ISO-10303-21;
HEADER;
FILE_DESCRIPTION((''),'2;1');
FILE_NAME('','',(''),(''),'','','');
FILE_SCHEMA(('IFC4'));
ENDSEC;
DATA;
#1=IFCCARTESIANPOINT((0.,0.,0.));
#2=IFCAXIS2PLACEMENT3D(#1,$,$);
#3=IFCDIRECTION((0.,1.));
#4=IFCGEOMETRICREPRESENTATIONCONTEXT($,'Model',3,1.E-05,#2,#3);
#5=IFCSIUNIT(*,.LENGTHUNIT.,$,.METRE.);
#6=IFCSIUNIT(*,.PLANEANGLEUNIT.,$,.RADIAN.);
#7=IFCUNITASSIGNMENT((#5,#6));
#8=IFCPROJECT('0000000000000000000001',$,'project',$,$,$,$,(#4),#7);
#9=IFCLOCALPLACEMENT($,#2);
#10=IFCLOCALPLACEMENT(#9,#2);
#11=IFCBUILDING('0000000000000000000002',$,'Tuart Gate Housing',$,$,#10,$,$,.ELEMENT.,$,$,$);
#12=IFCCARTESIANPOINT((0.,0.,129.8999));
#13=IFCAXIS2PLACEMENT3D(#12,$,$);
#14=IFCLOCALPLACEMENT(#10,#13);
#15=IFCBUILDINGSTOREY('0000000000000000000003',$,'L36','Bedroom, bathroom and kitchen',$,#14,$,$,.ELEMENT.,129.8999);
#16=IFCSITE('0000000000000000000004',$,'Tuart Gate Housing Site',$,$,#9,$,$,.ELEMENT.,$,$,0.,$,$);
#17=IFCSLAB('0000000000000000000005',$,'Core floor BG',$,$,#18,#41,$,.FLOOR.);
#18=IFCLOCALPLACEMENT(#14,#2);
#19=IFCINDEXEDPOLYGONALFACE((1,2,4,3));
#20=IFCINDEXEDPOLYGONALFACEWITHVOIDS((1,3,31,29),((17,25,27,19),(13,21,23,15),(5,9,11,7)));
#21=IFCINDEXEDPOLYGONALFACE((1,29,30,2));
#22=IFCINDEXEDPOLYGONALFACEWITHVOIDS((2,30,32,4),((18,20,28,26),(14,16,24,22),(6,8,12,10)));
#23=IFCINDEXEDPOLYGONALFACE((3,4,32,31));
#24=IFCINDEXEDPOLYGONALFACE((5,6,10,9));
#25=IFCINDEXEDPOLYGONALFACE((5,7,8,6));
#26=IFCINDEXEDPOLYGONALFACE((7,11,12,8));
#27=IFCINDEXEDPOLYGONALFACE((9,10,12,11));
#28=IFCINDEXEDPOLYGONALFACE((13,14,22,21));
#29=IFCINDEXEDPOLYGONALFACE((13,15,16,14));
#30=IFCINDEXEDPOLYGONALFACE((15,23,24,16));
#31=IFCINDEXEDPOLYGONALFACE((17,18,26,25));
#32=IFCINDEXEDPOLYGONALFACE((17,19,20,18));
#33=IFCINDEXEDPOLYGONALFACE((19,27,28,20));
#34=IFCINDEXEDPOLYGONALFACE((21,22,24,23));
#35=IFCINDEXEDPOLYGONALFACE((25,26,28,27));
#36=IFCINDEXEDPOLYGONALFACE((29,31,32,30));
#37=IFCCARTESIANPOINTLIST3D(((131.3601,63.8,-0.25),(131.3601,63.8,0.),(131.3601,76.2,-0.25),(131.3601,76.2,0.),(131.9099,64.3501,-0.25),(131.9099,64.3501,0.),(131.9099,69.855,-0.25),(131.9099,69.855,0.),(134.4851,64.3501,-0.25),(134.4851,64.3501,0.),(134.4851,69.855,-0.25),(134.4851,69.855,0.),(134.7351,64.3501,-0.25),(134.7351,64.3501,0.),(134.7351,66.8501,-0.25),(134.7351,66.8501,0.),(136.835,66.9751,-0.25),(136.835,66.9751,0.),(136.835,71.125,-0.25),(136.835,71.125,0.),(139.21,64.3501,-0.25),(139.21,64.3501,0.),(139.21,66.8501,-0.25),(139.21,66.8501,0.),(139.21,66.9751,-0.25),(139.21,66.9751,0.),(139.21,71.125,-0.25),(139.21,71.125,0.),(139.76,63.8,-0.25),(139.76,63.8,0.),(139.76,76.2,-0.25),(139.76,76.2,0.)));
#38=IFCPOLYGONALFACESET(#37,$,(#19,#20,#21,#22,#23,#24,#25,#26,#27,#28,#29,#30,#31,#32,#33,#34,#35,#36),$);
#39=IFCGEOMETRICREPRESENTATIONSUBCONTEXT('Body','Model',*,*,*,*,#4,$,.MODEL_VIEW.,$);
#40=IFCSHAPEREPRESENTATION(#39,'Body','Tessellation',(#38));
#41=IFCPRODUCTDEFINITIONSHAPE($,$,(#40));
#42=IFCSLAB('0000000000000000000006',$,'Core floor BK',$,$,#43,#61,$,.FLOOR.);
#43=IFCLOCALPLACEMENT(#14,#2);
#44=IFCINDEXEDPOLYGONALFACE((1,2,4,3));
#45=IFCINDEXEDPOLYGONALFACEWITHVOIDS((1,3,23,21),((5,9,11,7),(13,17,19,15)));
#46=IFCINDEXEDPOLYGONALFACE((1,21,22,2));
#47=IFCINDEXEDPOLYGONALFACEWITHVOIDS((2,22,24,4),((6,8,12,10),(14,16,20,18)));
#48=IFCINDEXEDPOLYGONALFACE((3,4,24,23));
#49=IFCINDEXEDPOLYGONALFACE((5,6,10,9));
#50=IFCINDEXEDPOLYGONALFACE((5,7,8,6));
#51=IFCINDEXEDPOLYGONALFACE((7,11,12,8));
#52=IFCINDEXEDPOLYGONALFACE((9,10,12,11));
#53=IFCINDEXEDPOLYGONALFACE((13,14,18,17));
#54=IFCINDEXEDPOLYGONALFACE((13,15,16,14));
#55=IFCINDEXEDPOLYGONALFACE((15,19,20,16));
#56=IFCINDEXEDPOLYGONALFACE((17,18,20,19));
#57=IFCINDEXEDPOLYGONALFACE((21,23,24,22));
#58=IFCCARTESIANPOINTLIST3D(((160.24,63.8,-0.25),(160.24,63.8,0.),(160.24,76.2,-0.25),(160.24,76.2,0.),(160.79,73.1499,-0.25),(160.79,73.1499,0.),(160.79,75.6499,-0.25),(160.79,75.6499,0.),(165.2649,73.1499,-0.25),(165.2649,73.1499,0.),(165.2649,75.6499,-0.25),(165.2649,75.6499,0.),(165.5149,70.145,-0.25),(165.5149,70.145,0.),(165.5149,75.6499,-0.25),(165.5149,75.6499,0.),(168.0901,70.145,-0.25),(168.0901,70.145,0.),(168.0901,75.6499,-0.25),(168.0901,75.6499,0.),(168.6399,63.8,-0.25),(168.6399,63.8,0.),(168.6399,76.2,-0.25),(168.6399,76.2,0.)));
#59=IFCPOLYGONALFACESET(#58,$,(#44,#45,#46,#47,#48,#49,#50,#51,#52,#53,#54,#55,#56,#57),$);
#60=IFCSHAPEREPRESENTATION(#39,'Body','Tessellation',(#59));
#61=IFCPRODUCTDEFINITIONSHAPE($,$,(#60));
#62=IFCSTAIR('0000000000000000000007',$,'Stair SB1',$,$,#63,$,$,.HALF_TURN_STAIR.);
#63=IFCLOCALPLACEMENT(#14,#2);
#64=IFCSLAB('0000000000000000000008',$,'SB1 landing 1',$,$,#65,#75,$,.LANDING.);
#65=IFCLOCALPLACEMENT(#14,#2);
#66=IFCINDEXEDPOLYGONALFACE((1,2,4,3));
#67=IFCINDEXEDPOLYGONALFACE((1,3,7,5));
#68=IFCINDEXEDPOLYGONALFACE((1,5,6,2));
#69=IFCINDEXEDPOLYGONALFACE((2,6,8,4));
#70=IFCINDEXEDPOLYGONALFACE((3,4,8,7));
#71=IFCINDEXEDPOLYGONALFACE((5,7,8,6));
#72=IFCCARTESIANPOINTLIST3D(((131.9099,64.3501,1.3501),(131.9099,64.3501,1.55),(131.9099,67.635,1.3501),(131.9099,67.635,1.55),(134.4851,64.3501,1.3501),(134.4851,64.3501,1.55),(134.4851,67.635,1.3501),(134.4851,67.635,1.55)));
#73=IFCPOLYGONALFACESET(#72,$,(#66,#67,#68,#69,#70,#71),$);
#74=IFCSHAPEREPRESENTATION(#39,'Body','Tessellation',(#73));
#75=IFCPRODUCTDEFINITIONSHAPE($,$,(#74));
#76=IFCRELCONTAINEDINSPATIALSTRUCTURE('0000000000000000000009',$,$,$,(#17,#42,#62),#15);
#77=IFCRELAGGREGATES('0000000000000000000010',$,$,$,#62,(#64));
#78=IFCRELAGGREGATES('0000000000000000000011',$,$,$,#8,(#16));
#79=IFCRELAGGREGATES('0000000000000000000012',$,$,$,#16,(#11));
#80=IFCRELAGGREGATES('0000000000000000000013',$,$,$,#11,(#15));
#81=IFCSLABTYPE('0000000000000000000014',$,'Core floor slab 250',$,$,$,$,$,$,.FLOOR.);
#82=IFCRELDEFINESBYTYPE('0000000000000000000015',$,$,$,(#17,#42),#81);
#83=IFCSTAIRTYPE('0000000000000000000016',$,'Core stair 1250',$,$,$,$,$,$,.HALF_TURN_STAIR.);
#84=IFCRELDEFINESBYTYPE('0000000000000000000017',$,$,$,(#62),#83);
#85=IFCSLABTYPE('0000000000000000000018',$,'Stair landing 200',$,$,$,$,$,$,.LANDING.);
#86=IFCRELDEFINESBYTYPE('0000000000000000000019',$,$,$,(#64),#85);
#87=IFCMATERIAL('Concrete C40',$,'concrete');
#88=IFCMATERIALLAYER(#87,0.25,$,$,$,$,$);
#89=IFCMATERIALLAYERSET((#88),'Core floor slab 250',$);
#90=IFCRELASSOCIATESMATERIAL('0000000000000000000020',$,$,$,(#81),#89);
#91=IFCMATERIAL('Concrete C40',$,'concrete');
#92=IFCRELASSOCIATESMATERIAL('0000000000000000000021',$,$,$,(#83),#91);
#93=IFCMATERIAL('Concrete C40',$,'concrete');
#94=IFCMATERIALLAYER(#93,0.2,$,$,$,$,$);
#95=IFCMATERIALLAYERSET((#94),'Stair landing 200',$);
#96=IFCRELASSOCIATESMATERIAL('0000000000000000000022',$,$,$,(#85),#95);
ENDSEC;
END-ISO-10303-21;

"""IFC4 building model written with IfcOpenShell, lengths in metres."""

from ifc_helpers import new_model, si_unit, direction, frame, origin, place, context, subcontext, project, spatial, polyline, outline, extrude, material, layer, layer_set, type_object, element, aggregate, save


model = new_model("IFC4")

# Units and contexts
model_context = context("Model", 3, precision=1e-05, world=origin(), true_north=direction((0.0, 1.0)))
body_context = subcontext(model_context, "Body", "Model", "MODEL_VIEW")
ifc_project = project(units=[si_unit("LENGTHUNIT", "METRE"), si_unit("PLANEANGLEUNIT", "RADIAN")], contexts=[model_context])

# Site, building, storey
site_placement = place(None, origin())
site = spatial("IfcSite", under=ifc_project, at=site_placement, Name="Tuart Gate Housing Site", CompositionType="ELEMENT", RefElevation=0.0)
building_placement = place(site_placement, origin())
building = spatial("IfcBuilding", under=site, at=building_placement, Name="Tuart Gate Housing", CompositionType="ELEMENT")
storey_placement = place(building_placement, frame((0.0, 0.0, 129.8999)))
storey = spatial("IfcBuildingStorey", under=building, at=storey_placement, Name="L36", Description="Bedroom, bathroom and kitchen", CompositionType="ELEMENT", Elevation=129.8999)

# Slabs
ifc_material_1 = material(Name="Concrete C40", Category="concrete")
ifc_layer_1 = layer(ifc_material_1, 0.25)
ifc_layer_set_1 = layer_set([ifc_layer_1], Name="Core floor slab 250")
slab_type_1 = type_object("IfcSlabType", Name="Core floor slab 250", PredefinedType="FLOOR", material=ifc_layer_set_1)
slab_1_placement = place(storey_placement, frame((0.0, 0.0, -0.25)))
element("IfcSlab", 1, at=slab_1_placement, inside=storey, type_object=slab_type_1, Name="Core floor BG", PredefinedType="FLOOR", context=body_context, shape_type="SweptSolid", body=[
    extrude(outline(polyline([(131.3601, 63.8), (139.76, 63.8), (139.76, 76.2), (131.3601, 76.2), (131.3601, 63.8)]), holes=[polyline([(139.21, 66.8501), (134.7351, 66.8501), (134.7351, 64.3501), (139.21, 64.3501), (139.21, 66.8501)]), polyline([(139.21, 71.125), (136.835, 71.125), (136.835, 66.9751), (139.21, 66.9751), (139.21, 71.125)]), polyline([(134.4851, 69.855), (131.9099, 69.855), (131.9099, 64.3501), (134.4851, 64.3501), (134.4851, 69.855)])]), origin(), (0.0, 0.0, 1.0), 0.25),
])
slab_2_placement = place(storey_placement, frame((0.0, 0.0, -0.25)))
element("IfcSlab", 2, at=slab_2_placement, inside=storey, type_object=slab_type_1, Name="Core floor BK", PredefinedType="FLOOR", context=body_context, shape_type="SweptSolid", body=[
    extrude(outline(polyline([(160.24, 63.8), (168.6399, 63.8), (168.6399, 76.2), (160.24, 76.2), (160.24, 63.8)]), holes=[polyline([(160.79, 73.1499), (165.2649, 73.1499), (165.2649, 75.6499), (160.79, 75.6499), (160.79, 73.1499)]), polyline([(165.5149, 70.145), (168.0901, 70.145), (168.0901, 75.6499), (165.5149, 75.6499), (165.5149, 70.145)])]), origin(), (0.0, 0.0, 1.0), 0.25),
])

# Stair, slab
ifc_material_2 = material(Name="Concrete C40", Category="concrete")
stair_type = type_object("IfcStairType", Name="Core stair 1250", PredefinedType="HALF_TURN_STAIR", material=ifc_material_2)
stair_placement = place(storey_placement, origin())
stair = element("IfcStair", 3, at=stair_placement, inside=storey, type_object=stair_type, Name="Stair SB1", PredefinedType="HALF_TURN_STAIR")
ifc_material_3 = material(Name="Concrete C40", Category="concrete")
ifc_layer_2 = layer(ifc_material_3, 0.2)
ifc_layer_set_2 = layer_set([ifc_layer_2], Name="Stair landing 200")
slab_type_2 = type_object("IfcSlabType", Name="Stair landing 200", PredefinedType="LANDING", material=ifc_layer_set_2)
slab_3_placement = place(storey_placement, frame((0.0, 0.0, 1.3501)))
slab_3 = element("IfcSlab", 4, at=slab_3_placement, type_object=slab_type_2, Name="SB1 landing 1", PredefinedType="LANDING", context=body_context, shape_type="SweptSolid", body=[
    extrude(outline(polyline([(134.4851, 67.635), (131.9099, 67.635), (131.9099, 64.3501), (134.4851, 64.3501), (134.4851, 67.635)])), origin(), (0.0, 0.0, 1.0), 0.2),
])
aggregate(stair, [slab_3])

save(model, "model.ifc")
